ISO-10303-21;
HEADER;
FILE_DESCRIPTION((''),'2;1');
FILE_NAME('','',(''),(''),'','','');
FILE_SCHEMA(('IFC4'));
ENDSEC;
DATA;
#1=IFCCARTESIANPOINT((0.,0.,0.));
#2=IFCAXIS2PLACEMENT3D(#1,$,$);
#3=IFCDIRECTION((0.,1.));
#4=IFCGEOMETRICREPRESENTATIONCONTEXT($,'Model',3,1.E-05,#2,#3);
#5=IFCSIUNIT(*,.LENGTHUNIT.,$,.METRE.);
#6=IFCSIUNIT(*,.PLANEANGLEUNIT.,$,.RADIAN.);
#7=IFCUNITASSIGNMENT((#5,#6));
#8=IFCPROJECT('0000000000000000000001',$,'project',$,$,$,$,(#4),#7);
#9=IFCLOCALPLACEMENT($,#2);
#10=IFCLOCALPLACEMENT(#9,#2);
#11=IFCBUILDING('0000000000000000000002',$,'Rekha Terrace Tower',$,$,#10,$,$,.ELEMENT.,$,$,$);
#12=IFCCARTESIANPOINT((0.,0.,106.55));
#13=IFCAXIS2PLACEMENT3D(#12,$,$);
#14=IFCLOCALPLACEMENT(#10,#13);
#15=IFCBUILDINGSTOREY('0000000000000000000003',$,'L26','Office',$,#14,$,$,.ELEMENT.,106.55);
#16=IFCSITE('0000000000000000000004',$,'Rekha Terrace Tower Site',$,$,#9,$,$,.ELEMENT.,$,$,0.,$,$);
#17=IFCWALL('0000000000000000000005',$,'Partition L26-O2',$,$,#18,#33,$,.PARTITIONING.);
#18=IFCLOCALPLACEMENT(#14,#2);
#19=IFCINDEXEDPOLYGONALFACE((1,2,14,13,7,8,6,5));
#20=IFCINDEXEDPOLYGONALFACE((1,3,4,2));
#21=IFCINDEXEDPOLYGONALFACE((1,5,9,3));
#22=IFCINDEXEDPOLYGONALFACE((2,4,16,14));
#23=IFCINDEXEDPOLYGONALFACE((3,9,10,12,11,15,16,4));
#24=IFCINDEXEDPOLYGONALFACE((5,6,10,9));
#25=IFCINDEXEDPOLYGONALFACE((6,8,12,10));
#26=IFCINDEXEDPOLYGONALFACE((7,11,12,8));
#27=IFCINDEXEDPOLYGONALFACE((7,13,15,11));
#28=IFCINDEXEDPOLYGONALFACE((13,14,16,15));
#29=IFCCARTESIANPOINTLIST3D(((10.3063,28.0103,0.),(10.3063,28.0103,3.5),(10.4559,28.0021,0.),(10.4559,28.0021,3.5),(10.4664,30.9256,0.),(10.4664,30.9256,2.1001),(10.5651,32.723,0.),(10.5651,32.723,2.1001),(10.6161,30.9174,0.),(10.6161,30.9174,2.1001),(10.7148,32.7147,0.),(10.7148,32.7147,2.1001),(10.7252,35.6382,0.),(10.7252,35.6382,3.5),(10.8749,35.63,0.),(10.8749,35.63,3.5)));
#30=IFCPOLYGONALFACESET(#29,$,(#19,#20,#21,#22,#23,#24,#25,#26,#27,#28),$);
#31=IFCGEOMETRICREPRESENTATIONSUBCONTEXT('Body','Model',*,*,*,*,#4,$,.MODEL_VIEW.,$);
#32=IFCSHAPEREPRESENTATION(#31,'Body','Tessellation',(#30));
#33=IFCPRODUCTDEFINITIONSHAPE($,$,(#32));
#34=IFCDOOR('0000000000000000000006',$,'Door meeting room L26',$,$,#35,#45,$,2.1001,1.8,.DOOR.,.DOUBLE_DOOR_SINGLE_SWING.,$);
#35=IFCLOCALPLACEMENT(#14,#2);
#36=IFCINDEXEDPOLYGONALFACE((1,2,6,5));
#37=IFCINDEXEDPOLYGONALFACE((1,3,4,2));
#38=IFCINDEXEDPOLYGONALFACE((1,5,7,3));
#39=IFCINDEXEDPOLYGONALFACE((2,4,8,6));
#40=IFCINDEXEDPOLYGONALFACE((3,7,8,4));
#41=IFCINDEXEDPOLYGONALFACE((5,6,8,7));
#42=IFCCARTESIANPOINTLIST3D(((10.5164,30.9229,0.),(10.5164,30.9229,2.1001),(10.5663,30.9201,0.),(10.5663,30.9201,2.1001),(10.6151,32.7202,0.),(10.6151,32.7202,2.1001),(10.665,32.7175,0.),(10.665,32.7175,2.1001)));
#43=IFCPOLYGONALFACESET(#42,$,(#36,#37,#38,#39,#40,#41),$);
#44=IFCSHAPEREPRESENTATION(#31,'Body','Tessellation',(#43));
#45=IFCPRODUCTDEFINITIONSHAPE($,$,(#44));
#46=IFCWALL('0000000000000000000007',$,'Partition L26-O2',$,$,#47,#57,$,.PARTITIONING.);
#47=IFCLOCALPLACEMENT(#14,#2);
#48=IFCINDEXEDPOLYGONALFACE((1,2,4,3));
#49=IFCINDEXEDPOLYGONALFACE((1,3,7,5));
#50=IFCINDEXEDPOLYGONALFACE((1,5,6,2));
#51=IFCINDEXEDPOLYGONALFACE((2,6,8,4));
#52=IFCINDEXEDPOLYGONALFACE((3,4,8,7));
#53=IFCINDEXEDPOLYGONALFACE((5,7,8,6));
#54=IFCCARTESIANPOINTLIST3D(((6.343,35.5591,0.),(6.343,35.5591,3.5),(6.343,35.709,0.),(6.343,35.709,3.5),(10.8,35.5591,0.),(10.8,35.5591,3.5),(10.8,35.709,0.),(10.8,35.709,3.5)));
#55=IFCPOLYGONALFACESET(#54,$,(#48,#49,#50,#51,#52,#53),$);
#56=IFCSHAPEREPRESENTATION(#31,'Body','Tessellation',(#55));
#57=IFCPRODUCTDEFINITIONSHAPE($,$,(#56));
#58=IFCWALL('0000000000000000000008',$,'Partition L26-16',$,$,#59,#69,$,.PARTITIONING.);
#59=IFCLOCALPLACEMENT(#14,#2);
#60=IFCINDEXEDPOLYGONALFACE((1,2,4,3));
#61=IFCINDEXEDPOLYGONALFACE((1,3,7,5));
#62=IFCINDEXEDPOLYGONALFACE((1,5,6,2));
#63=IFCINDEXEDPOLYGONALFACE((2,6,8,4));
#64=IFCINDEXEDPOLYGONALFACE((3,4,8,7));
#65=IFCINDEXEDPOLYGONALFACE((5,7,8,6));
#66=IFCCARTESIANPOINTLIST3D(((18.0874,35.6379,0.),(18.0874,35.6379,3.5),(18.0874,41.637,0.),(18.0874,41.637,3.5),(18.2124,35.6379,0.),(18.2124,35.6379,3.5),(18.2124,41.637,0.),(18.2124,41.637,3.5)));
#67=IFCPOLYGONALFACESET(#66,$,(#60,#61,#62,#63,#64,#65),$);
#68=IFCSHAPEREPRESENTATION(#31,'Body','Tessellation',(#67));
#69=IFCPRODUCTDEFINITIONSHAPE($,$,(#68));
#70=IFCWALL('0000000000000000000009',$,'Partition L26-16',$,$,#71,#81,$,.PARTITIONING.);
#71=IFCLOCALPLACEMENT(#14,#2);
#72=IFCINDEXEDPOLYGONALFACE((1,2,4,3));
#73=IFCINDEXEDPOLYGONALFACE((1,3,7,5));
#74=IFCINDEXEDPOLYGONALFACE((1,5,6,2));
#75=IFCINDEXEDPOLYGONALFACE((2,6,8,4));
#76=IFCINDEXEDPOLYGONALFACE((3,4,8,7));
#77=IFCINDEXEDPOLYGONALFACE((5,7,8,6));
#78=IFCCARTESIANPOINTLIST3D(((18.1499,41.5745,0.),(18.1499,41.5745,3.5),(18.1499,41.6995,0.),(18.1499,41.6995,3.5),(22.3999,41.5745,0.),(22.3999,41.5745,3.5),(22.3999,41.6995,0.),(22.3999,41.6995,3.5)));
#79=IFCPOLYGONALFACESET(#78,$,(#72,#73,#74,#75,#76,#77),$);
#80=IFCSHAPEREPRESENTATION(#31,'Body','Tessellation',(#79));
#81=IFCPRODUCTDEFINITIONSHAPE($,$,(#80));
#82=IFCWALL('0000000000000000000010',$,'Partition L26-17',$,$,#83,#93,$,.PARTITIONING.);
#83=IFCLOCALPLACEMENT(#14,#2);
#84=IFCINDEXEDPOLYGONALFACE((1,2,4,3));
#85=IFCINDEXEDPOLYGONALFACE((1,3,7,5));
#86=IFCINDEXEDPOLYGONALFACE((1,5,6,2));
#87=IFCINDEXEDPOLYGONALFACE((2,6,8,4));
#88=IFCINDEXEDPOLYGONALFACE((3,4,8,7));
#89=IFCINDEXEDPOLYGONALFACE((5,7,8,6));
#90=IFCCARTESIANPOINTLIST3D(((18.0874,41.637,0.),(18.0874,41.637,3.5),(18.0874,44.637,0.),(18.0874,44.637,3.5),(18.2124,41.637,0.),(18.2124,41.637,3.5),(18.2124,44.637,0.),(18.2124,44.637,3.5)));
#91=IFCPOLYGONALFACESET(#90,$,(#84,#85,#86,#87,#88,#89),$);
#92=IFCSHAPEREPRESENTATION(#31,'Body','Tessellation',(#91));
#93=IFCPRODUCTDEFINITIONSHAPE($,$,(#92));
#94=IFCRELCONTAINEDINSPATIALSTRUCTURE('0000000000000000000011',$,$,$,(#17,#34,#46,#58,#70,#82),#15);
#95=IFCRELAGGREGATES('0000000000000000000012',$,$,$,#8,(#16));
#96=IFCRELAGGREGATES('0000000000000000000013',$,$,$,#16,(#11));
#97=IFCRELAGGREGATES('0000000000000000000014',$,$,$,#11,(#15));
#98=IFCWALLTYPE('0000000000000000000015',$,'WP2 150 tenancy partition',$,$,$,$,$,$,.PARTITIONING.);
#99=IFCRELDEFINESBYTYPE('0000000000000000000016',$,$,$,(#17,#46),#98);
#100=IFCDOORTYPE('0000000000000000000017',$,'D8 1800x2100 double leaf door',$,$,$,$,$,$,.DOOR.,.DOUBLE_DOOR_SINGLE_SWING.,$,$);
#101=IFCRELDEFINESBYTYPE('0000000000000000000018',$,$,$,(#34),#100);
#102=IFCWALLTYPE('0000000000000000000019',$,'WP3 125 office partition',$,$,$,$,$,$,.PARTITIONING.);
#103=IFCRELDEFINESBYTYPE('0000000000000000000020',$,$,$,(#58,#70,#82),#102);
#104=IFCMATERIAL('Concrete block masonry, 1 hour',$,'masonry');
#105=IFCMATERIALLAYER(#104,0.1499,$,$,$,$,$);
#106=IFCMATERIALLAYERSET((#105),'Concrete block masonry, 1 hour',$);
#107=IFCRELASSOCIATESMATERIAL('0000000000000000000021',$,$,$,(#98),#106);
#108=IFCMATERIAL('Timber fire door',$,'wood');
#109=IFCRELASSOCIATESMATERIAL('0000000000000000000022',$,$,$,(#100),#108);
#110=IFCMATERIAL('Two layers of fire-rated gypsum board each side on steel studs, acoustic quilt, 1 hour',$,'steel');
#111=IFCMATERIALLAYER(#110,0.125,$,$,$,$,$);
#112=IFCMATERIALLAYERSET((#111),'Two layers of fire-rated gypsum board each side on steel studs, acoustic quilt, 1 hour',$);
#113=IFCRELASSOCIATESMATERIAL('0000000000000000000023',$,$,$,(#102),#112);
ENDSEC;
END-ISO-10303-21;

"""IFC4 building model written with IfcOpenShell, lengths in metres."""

from ifc_helpers import new_model, si_unit, direction, frame, frame_2d, origin, place, context, subcontext, project, spatial, rectangle, extrude, material, layer, layer_set, type_object, element, fill, save


model = new_model("IFC4")

# Units and contexts
model_context = context("Model", 3, precision=1e-05, world=origin(), true_north=direction((0.0, 1.0)))
body_context = subcontext(model_context, "Body", "Model", "MODEL_VIEW")
ifc_project = project(units=[si_unit("LENGTHUNIT", "METRE"), si_unit("PLANEANGLEUNIT", "RADIAN")], contexts=[model_context])

# Site, building, storey
site_placement = place(None, origin())
site = spatial("IfcSite", under=ifc_project, at=site_placement, Name="Rekha Terrace Tower Site", CompositionType="ELEMENT", RefElevation=0.0)
building_placement = place(site_placement, origin())
building = spatial("IfcBuilding", under=site, at=building_placement, Name="Rekha Terrace Tower", CompositionType="ELEMENT")
storey_placement = place(building_placement, frame((0.0, 0.0, 106.55)))
storey = spatial("IfcBuildingStorey", under=building, at=storey_placement, Name="L26", Description="Office", CompositionType="ELEMENT", Elevation=106.55)

# Shared definitions
ifc_material_1 = material(Name="Concrete block masonry, 1 hour", Category="masonry")
ifc_layer_1 = layer(ifc_material_1, 0.1499)
ifc_layer_set_1 = layer_set([ifc_layer_1], Name="Concrete block masonry, 1 hour")
wall_type_1 = type_object("IfcWallType", Name="WP2 150 tenancy partition", PredefinedType="PARTITIONING", material=ifc_layer_set_1)

# Wall, opening, door
wall_1_placement = place(storey_placement, frame((10.3811, 28.0061, 0.0), z_axis=(0.0, 0.0, 1.0), x_axis=(0.05484, 0.998495, 0.0)))
wall_1 = element("IfcWall", 1, at=wall_1_placement, inside=storey, type_object=wall_type_1, Name="Partition L26-O2", PredefinedType="PARTITIONING", context=body_context, shape_type="SweptSolid", body=[
    extrude(rectangle(XDim=7.6394, YDim=0.1499, at=frame_2d((3.8198, 0.0))), origin(), (0.0, 0.0, 1.0), 3.5),
])
opening_placement = place(wall_1_placement, frame((2.9199, 0.0, 0.0)))
opening = element("IfcOpeningElement", 2, at=opening_placement, cuts=wall_1, PredefinedType="OPENING", context=body_context, shape_type="SweptSolid", body=[
    extrude(rectangle(XDim=1.8, YDim=2.1001, at=frame_2d((0.8999, 1.05))), frame((0.0, 0.085, 0.0), z_axis=(0.0, -1.0, 0.0), x_axis=(1.0, 0.0, 0.0)), (0.0, 0.0, 1.0), 0.1699),
])
ifc_material_2 = material(Name="Timber fire door", Category="wood")
door_type = type_object("IfcDoorType", Name="D8 1800x2100 double leaf door", OperationType="DOUBLE_DOOR_SINGLE_SWING", PredefinedType="DOOR", material=ifc_material_2)
door_placement = place(opening_placement, origin())
door = element("IfcDoor", 3, at=door_placement, inside=storey, type_object=door_type, Name="Door meeting room L26", OperationType="DOUBLE_DOOR_SINGLE_SWING", OverallHeight=2.1001, OverallWidth=1.8, PredefinedType="DOOR", context=body_context, shape_type="SweptSolid", body=[
    extrude(rectangle(XDim=1.8, YDim=2.1001, at=frame_2d((0.8999, 1.05))), frame((0.0, 0.0249, 0.0), z_axis=(0.0, -1.0, 0.0), x_axis=(1.0, 0.0, 0.0)), (0.0, 0.0, 1.0), 0.05),
])
fill(opening, door)

# Walls
wall_2_placement = place(storey_placement, frame((10.8, 35.634, 0.0), z_axis=(0.0, 0.0, 1.0), x_axis=(-1.0, 0.0, 0.0)))
element("IfcWall", 4, at=wall_2_placement, inside=storey, type_object=wall_type_1, Name="Partition L26-O2", PredefinedType="PARTITIONING", context=body_context, shape_type="SweptSolid", body=[
    extrude(rectangle(XDim=4.457, YDim=0.1499, at=frame_2d((2.2285, 0.0))), origin(), (0.0, 0.0, 1.0), 3.5),
])
ifc_material_3 = material(Name="Two layers of fire-rated gypsum board each side on steel studs, acoustic quilt, 1 hour", Category="steel")
ifc_layer_2 = layer(ifc_material_3, 0.125)
ifc_layer_set_2 = layer_set([ifc_layer_2], Name="Two layers of fire-rated gypsum board each side on steel studs, acoustic quilt, 1 hour")
wall_type_2 = type_object("IfcWallType", Name="WP3 125 office partition", PredefinedType="PARTITIONING", material=ifc_layer_set_2)
wall_3_placement = place(storey_placement, frame((18.1499, 35.6379, 0.0), z_axis=(0.0, 0.0, 1.0), x_axis=(0.0, 1.0, 0.0)))
element("IfcWall", 5, at=wall_3_placement, inside=storey, type_object=wall_type_2, Name="Partition L26-16", PredefinedType="PARTITIONING", context=body_context, shape_type="SweptSolid", body=[
    extrude(rectangle(XDim=5.999, YDim=0.125, at=frame_2d((2.9995, 0.0))), origin(), (0.0, 0.0, 1.0), 3.5),
])
wall_4_placement = place(storey_placement, frame((18.1499, 41.637, 0.0), z_axis=(0.0, 0.0, 1.0), x_axis=(1.0, 0.0, 0.0)))
element("IfcWall", 6, at=wall_4_placement, inside=storey, type_object=wall_type_2, Name="Partition L26-16", PredefinedType="PARTITIONING", context=body_context, shape_type="SweptSolid", body=[
    extrude(rectangle(XDim=4.25, YDim=0.125, at=frame_2d((2.125, 0.0))), origin(), (0.0, 0.0, 1.0), 3.5),
])
wall_5_placement = place(storey_placement, frame((18.1499, 41.637, 0.0), z_axis=(0.0, 0.0, 1.0), x_axis=(0.0, 1.0, 0.0)))
element("IfcWall", 7, at=wall_5_placement, inside=storey, type_object=wall_type_2, Name="Partition L26-17", PredefinedType="PARTITIONING", context=body_context, shape_type="SweptSolid", body=[
    extrude(rectangle(XDim=3.0, YDim=0.125, at=frame_2d((1.5, 0.0))), origin(), (0.0, 0.0, 1.0), 3.5),
])

save(model, "model.ifc")
